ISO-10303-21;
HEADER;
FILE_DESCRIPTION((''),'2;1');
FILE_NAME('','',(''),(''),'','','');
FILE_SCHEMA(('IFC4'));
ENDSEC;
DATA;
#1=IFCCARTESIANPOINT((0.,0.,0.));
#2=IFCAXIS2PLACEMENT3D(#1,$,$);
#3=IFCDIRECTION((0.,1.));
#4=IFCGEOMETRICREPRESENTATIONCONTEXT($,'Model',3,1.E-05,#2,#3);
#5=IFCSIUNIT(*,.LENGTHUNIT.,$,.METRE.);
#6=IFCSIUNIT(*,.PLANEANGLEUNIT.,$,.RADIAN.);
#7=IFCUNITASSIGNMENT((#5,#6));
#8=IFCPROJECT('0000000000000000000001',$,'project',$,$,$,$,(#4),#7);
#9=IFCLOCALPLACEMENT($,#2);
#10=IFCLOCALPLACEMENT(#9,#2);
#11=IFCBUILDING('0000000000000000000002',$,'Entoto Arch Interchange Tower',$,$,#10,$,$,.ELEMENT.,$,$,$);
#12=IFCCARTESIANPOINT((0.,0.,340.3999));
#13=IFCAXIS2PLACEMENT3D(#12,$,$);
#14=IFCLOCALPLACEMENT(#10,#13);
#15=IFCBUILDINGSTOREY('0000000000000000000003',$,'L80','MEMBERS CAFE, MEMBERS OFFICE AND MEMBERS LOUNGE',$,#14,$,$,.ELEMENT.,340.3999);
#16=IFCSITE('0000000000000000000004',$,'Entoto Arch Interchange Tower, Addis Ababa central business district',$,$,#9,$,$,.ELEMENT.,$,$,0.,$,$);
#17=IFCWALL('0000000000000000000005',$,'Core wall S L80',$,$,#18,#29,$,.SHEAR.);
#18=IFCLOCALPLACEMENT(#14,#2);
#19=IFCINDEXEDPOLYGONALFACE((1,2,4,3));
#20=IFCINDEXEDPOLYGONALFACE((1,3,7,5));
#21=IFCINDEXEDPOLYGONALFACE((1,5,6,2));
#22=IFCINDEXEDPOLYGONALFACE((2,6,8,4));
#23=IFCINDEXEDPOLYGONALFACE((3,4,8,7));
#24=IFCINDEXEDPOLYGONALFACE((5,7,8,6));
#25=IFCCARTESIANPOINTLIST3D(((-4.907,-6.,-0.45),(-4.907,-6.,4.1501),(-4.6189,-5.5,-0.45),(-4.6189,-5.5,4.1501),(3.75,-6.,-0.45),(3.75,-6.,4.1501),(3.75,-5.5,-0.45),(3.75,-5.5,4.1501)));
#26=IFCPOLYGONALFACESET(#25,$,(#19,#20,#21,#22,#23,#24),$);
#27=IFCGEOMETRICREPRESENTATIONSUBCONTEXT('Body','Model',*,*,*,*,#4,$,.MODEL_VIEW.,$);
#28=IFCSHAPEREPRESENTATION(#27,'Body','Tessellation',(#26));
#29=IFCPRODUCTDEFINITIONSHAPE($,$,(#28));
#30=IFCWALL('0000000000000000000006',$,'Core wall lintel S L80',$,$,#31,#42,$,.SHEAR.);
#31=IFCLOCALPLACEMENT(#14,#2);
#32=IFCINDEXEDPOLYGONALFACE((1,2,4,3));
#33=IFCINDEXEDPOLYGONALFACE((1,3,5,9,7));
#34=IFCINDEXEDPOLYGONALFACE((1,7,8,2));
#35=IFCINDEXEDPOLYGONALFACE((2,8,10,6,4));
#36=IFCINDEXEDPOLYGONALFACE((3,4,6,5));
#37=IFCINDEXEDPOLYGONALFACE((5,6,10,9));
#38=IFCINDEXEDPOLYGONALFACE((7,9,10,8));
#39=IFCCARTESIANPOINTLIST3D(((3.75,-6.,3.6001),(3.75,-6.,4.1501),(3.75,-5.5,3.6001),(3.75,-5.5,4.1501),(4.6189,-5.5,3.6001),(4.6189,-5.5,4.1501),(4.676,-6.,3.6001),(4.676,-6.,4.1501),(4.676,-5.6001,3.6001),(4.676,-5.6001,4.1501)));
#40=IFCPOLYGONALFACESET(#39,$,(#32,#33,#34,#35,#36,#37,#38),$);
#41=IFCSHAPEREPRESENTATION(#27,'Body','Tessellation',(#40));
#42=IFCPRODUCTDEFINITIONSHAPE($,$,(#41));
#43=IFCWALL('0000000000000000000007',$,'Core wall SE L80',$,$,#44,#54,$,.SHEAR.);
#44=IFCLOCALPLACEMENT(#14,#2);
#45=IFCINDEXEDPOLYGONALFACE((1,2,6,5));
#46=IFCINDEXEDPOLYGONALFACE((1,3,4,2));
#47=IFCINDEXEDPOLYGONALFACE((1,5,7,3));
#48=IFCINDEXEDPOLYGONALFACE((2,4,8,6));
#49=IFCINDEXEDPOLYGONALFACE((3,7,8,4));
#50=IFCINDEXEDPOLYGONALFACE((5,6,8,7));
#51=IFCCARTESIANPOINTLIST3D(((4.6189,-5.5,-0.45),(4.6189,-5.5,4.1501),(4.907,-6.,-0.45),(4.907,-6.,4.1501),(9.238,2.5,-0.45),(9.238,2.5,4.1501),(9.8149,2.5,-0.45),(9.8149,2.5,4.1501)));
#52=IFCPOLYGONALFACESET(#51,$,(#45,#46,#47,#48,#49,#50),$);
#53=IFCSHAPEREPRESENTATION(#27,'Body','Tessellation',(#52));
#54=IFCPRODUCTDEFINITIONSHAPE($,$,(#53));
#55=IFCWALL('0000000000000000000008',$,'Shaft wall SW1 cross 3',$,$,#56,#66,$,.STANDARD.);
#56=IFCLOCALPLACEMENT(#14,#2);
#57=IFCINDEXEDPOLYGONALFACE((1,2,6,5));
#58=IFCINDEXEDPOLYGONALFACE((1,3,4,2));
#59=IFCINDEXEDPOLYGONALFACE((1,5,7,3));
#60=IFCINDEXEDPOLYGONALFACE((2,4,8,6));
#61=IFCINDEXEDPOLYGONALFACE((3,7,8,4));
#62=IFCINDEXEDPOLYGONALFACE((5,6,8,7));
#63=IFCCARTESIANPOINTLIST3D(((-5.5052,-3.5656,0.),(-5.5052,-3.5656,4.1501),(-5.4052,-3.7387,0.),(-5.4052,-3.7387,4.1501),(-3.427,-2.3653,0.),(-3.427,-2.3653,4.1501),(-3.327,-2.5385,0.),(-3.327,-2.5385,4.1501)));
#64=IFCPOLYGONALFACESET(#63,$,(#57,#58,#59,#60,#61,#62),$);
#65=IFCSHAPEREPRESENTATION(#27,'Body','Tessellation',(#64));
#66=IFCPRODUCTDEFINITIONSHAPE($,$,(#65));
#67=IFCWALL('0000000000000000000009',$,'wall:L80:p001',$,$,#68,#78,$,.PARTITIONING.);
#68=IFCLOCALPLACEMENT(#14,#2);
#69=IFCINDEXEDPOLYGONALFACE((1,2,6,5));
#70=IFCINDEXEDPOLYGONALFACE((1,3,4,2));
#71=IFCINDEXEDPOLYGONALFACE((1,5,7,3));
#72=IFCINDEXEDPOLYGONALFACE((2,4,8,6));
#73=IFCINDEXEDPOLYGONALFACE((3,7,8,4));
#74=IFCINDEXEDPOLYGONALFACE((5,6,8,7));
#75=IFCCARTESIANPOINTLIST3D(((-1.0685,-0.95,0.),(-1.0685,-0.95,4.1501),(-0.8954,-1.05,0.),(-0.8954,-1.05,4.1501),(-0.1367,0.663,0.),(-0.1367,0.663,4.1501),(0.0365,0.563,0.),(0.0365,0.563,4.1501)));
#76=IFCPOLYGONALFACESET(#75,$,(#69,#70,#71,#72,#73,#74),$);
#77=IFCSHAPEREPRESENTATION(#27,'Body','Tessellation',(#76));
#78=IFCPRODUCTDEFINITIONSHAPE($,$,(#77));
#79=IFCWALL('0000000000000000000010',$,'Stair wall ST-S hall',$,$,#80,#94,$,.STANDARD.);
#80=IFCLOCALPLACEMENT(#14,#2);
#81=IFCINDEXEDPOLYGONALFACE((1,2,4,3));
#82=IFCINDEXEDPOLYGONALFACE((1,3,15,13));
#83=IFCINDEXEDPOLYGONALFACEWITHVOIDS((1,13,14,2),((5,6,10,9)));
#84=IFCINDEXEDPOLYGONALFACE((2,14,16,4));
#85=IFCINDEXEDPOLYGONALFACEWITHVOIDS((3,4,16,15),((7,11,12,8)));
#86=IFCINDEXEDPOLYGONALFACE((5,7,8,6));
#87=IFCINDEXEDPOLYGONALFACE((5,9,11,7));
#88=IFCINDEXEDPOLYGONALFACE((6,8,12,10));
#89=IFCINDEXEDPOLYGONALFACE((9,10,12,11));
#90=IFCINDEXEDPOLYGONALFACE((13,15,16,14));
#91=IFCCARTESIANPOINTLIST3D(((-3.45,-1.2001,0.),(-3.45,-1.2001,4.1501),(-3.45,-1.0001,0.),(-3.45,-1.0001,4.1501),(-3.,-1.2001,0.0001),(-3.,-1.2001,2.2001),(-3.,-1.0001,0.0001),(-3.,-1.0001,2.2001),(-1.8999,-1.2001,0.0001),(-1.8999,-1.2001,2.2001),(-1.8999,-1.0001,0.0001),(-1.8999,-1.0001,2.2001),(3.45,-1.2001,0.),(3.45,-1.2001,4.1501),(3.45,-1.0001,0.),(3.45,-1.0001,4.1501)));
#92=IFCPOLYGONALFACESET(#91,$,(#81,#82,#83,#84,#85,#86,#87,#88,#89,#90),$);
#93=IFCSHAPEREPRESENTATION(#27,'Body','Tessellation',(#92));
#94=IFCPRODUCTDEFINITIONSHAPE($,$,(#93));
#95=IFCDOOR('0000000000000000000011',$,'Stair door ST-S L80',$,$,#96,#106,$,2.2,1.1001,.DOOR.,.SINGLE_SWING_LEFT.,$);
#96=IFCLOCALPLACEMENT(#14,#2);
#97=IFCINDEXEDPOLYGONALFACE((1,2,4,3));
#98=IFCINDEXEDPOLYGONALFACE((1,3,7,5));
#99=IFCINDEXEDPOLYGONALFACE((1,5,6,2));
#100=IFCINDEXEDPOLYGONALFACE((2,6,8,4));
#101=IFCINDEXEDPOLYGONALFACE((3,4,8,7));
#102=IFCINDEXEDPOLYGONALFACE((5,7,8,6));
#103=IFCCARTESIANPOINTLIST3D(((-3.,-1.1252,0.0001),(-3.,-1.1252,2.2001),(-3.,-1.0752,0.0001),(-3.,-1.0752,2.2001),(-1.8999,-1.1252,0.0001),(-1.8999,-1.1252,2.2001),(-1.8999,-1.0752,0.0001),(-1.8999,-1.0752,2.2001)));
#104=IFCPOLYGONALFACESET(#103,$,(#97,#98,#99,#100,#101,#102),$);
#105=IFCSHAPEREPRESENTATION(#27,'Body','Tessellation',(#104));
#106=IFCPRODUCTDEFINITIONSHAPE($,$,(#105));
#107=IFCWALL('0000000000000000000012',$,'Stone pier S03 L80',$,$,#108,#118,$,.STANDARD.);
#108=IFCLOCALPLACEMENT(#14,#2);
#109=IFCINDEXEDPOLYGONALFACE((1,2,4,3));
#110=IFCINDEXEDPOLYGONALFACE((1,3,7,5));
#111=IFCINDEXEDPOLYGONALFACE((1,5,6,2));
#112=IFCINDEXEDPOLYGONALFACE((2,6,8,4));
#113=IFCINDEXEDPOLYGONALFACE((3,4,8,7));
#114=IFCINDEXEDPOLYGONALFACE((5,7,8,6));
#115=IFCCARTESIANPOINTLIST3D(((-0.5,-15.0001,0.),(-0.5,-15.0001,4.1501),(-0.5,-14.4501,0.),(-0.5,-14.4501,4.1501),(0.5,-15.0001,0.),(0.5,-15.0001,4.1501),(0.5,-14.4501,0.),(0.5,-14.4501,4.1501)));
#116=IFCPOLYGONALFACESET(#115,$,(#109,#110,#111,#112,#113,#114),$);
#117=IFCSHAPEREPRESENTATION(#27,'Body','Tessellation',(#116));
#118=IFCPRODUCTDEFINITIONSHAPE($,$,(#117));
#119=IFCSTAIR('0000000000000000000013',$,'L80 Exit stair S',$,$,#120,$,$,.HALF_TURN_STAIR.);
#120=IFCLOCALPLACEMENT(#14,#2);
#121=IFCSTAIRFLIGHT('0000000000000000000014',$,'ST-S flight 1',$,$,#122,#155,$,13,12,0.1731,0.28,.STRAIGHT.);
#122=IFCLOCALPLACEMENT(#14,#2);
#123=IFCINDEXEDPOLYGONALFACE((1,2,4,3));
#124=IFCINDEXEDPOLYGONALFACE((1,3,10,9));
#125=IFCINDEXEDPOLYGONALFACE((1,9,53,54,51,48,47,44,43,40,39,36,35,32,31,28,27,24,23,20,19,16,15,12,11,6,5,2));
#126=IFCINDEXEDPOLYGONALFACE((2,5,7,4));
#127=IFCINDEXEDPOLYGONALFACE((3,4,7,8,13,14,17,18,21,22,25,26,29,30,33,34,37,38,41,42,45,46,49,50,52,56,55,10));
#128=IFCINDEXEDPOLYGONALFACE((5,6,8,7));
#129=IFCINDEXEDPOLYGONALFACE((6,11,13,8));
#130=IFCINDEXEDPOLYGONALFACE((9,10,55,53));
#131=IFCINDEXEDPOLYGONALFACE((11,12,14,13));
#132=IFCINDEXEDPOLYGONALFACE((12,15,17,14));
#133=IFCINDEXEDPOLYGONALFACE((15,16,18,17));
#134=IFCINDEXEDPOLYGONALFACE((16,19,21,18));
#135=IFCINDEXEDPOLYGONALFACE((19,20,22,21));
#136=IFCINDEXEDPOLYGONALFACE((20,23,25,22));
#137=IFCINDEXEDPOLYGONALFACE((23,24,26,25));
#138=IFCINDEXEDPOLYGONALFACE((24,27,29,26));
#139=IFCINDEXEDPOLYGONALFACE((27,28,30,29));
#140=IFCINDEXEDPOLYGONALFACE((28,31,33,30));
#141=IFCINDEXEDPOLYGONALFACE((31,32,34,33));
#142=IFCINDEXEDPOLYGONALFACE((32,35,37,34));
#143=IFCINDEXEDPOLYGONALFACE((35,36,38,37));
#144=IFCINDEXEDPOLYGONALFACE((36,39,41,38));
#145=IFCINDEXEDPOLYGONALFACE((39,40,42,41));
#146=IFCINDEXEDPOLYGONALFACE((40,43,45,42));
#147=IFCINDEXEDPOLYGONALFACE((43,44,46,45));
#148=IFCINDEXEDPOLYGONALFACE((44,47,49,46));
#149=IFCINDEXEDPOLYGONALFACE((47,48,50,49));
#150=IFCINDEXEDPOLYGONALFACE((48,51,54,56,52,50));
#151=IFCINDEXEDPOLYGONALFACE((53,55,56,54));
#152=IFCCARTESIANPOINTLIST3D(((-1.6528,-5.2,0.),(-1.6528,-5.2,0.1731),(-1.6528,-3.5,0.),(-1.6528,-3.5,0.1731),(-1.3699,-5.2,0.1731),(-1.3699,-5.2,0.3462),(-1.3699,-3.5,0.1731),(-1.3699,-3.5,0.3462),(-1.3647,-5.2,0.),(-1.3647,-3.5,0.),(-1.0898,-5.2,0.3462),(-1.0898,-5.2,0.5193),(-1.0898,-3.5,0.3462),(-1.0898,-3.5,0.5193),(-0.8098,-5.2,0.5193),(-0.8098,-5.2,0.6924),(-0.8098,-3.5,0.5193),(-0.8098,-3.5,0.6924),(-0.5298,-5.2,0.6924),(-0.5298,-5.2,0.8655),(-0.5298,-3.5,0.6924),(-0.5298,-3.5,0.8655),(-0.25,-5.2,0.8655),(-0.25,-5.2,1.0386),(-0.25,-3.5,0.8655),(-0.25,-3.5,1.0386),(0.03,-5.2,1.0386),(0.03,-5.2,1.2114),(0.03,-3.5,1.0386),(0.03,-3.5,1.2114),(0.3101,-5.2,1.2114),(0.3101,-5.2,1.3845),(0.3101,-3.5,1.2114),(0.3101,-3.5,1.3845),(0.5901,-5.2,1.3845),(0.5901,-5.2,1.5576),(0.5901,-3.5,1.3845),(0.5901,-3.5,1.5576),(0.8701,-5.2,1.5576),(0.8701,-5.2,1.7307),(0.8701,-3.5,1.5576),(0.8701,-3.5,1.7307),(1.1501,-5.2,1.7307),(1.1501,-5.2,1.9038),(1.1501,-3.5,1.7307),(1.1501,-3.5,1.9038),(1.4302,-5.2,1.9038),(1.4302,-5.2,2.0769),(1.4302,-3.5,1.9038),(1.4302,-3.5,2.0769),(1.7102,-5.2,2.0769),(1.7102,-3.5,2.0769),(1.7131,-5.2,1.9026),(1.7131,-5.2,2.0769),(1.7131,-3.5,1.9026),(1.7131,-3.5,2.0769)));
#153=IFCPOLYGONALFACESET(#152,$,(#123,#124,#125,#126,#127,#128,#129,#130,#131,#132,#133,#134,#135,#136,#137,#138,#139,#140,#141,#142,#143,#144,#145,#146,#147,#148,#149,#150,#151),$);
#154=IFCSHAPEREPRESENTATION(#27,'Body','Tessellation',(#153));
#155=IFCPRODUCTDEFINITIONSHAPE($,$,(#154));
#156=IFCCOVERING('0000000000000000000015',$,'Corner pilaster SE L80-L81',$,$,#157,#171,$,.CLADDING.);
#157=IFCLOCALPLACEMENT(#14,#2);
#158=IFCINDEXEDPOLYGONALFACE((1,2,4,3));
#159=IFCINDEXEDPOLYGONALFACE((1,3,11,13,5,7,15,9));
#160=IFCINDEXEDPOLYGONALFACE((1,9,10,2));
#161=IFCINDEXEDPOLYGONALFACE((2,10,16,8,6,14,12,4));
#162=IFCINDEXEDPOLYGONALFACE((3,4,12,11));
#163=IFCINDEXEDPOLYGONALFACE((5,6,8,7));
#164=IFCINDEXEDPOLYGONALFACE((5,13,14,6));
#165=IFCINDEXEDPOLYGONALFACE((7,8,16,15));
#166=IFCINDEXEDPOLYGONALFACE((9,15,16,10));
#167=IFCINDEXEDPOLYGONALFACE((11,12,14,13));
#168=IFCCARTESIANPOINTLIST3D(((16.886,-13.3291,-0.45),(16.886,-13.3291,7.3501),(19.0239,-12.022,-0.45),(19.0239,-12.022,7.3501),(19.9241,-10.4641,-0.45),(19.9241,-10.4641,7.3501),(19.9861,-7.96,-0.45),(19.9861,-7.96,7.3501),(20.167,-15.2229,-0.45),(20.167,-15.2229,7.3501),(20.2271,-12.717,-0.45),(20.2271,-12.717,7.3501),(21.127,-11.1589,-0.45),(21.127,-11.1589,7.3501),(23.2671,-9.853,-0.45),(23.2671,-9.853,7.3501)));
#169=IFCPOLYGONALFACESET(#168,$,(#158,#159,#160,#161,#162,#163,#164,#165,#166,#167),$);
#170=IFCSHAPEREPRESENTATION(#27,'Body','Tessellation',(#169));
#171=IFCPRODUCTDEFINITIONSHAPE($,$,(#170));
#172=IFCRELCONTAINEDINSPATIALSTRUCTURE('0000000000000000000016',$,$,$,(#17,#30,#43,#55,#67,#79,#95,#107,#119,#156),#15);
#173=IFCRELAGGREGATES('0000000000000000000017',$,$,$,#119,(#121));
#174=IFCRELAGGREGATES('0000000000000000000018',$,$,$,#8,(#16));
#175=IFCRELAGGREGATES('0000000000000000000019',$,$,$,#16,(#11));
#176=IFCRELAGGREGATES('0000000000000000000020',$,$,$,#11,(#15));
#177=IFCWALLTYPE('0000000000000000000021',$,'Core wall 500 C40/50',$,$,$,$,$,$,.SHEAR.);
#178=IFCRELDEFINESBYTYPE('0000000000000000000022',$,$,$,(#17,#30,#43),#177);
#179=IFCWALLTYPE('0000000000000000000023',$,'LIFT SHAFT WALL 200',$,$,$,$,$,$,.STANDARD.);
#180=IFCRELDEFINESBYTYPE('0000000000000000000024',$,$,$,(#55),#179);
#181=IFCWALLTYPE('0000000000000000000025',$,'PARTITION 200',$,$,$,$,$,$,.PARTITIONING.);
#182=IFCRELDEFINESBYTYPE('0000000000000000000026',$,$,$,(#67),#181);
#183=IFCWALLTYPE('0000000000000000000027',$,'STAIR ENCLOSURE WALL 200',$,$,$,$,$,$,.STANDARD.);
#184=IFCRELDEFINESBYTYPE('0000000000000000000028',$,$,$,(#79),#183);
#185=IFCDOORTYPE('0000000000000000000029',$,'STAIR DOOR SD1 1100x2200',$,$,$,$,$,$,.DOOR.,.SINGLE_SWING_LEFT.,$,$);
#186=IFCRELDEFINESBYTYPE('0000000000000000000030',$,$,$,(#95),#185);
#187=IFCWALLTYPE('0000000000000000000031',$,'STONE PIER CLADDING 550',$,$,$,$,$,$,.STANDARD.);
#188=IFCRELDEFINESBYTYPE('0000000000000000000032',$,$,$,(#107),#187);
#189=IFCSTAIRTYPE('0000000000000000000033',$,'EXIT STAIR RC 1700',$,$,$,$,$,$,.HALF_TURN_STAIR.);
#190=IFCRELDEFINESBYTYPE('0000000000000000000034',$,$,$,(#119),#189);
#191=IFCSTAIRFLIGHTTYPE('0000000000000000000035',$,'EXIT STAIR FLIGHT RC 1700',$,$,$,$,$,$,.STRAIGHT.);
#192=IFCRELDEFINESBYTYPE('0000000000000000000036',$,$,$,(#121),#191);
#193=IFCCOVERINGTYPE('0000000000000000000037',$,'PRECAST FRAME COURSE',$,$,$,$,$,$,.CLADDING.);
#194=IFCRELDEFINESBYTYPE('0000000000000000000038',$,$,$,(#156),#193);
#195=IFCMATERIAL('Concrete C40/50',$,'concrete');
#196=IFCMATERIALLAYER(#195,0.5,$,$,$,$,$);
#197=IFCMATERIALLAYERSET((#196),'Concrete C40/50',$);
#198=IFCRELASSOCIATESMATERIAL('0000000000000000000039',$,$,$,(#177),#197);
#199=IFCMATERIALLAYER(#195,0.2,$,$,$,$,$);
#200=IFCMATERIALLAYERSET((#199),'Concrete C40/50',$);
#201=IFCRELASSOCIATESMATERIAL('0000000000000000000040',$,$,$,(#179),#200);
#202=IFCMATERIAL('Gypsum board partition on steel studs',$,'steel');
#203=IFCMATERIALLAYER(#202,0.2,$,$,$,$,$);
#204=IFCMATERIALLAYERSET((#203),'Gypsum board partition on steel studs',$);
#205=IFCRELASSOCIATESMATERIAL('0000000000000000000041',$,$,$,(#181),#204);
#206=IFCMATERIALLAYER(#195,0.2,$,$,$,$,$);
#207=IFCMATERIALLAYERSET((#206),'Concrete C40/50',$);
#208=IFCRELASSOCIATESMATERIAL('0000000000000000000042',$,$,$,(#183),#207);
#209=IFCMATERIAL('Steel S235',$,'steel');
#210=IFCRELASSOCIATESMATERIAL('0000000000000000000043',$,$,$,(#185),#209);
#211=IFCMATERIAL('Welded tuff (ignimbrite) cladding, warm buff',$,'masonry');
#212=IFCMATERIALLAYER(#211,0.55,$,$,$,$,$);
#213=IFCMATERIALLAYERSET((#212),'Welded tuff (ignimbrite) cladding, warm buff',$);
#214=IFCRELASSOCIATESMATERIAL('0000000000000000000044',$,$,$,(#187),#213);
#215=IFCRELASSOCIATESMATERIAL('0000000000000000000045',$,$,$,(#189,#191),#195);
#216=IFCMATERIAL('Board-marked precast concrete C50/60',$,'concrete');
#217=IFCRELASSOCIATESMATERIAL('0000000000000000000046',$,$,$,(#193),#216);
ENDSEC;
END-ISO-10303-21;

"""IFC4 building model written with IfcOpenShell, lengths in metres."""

from ifc_helpers import new_model, si_unit, direction, frame, frame_2d, origin, place, context, subcontext, project, spatial, polyline, rectangle, outline, extrude, material, layer, layer_set, type_object, element, fill, aggregate, save


model = new_model("IFC4")

# Units and contexts
model_context = context("Model", 3, precision=1e-05, world=origin(), true_north=direction((0.0, 1.0)))
body_context = subcontext(model_context, "Body", "Model", "MODEL_VIEW")
ifc_project = project(units=[si_unit("LENGTHUNIT", "METRE"), si_unit("PLANEANGLEUNIT", "RADIAN")], contexts=[model_context])

# Site, building, storey
site_placement = place(None, origin())
site = spatial("IfcSite", under=ifc_project, at=site_placement, Name="Entoto Arch Interchange Tower, Addis Ababa central business district", CompositionType="ELEMENT", RefElevation=0.0)
building_placement = place(site_placement, origin())
building = spatial("IfcBuilding", under=site, at=building_placement, Name="Entoto Arch Interchange Tower", CompositionType="ELEMENT")
storey_placement = place(building_placement, frame((0.0, 0.0, 340.3999)))
storey = spatial("IfcBuildingStorey", under=building, at=storey_placement, Name="L80", Description="MEMBERS CAFE, MEMBERS OFFICE AND MEMBERS LOUNGE", CompositionType="ELEMENT", Elevation=340.3999)

# Shared definitions
ifc_material_1 = material(Name="Concrete C40/50", Category="concrete")

# Shared definitions
ifc_material_2 = material(Name="Board-marked precast concrete C50/60", Category="concrete")

# Walls
ifc_layer_1 = layer(ifc_material_1, 0.5)
ifc_layer_set_1 = layer_set([ifc_layer_1], Name="Concrete C40/50")
wall_type_1 = type_object("IfcWallType", Name="Core wall 500 C40/50", PredefinedType="SHEAR", material=ifc_layer_set_1)
wall_1_placement = place(storey_placement, frame((0.0, 0.0, -0.45)))
element("IfcWall", 1, at=wall_1_placement, inside=storey, type_object=wall_type_1, Name="Core wall S L80", PredefinedType="SHEAR", context=body_context, shape_type="SweptSolid", body=[
    extrude(outline(polyline([(3.75, -6.0), (3.75, -5.5), (-4.6189, -5.5), (-4.907, -6.0), (3.75, -6.0)])), origin(), (0.0, 0.0, 1.0), 4.6001),
])
wall_2_placement = place(storey_placement, frame((0.0, 0.0, 3.6001)))
element("IfcWall", 2, at=wall_2_placement, inside=storey, type_object=wall_type_1, Name="Core wall lintel S L80", PredefinedType="SHEAR", context=body_context, shape_type="SweptSolid", body=[
    extrude(outline(polyline([(4.676, -6.0), (4.676, -5.6001), (4.6189, -5.5), (3.75, -5.5), (3.75, -6.0), (4.676, -6.0)])), origin(), (0.0, 0.0, 1.0), 0.55),
])
wall_3_placement = place(storey_placement, frame((0.0, 0.0, -0.45)))
element("IfcWall", 3, at=wall_3_placement, inside=storey, type_object=wall_type_1, Name="Core wall SE L80", PredefinedType="SHEAR", context=body_context, shape_type="SweptSolid", body=[
    extrude(outline(polyline([(4.907, -6.0), (9.8149, 2.5), (9.238, 2.5), (4.6189, -5.5), (4.907, -6.0)])), origin(), (0.0, 0.0, 1.0), 4.6001),
])
ifc_layer_2 = layer(ifc_material_1, 0.2)
ifc_layer_set_2 = layer_set([ifc_layer_2], Name="Concrete C40/50")
wall_type_2 = type_object("IfcWallType", Name="LIFT SHAFT WALL 200", PredefinedType="STANDARD", material=ifc_layer_set_2)
wall_4_placement = place(storey_placement, frame((-3.377, -2.4519, 0.0), z_axis=(0.0, 0.0, 1.0), x_axis=(-0.865955, -0.500122, 0.0)))
element("IfcWall", 4, at=wall_4_placement, inside=storey, type_object=wall_type_2, Name="Shaft wall SW1 cross 3", PredefinedType="STANDARD", context=body_context, shape_type="SweptSolid", body=[
    extrude(rectangle(XDim=2.3999, YDim=0.2, at=frame_2d((1.2, 0.0))), origin(), (0.0, 0.0, 1.0), 4.1501),
])
ifc_material_3 = material(Name="Gypsum board partition on steel studs", Category="steel")
ifc_layer_3 = layer(ifc_material_3, 0.2)
ifc_layer_set_3 = layer_set([ifc_layer_3], Name="Gypsum board partition on steel studs")
wall_type_3 = type_object("IfcWallType", Name="PARTITION 200", PredefinedType="PARTITIONING", material=ifc_layer_set_3)
wall_5_placement = place(storey_placement, frame((-0.9819, -1.0, 0.0), z_axis=(0.0, 0.0, 1.0), x_axis=(0.50024, 0.865887, 0.0)))
element("IfcWall", 5, at=wall_5_placement, inside=storey, type_object=wall_type_3, Name="wall:L80:p001", PredefinedType="PARTITIONING", context=body_context, shape_type="SweptSolid", body=[
    extrude(rectangle(XDim=1.8628, YDim=0.2, at=frame_2d((0.9314, 0.0))), origin(), (0.0, 0.0, 1.0), 4.1501),
])

# Wall, opening, door
ifc_layer_4 = layer(ifc_material_1, 0.2)
ifc_layer_set_4 = layer_set([ifc_layer_4], Name="Concrete C40/50")
wall_type_4 = type_object("IfcWallType", Name="STAIR ENCLOSURE WALL 200", PredefinedType="STANDARD", material=ifc_layer_set_4)
wall_6_placement = place(storey_placement, frame((-3.45, -1.1001, 0.0), z_axis=(0.0, 0.0, 1.0), x_axis=(1.0, 0.0, 0.0)))
wall_6 = element("IfcWall", 6, at=wall_6_placement, inside=storey, type_object=wall_type_4, Name="Stair wall ST-S hall", PredefinedType="STANDARD", context=body_context, shape_type="SweptSolid", body=[
    extrude(rectangle(XDim=6.8999, YDim=0.2, at=frame_2d((3.45, 0.0))), origin(), (0.0, 0.0, 1.0), 4.1501),
])
opening_placement = place(wall_6_placement, frame((0.45, 0.0, 0.0)))
opening = element("IfcOpeningElement", 7, at=opening_placement, cuts=wall_6, PredefinedType="OPENING", context=body_context, shape_type="SweptSolid", body=[
    extrude(rectangle(XDim=1.1001, YDim=2.2, at=frame_2d((0.55, 1.1001))), frame((0.0, 0.1099, 0.0), z_axis=(0.0, -1.0, 0.0), x_axis=(1.0, 0.0, 0.0)), (0.0, 0.0, 1.0), 0.22),
])
ifc_material_4 = material(Name="Steel S235", Category="steel")
door_type = type_object("IfcDoorType", Name="STAIR DOOR SD1 1100x2200", OperationType="SINGLE_SWING_LEFT", PredefinedType="DOOR", material=ifc_material_4)
door_placement = place(opening_placement, origin())
door = element("IfcDoor", 8, at=door_placement, inside=storey, type_object=door_type, Name="Stair door ST-S L80", OperationType="SINGLE_SWING_LEFT", OverallHeight=2.2, OverallWidth=1.1001, PredefinedType="DOOR", context=body_context, shape_type="SweptSolid", body=[
    extrude(rectangle(XDim=1.1001, YDim=2.2, at=frame_2d((0.55, 1.1001))), frame((0.0, 0.0249, 0.0), z_axis=(0.0, -1.0, 0.0), x_axis=(1.0, 0.0, 0.0)), (0.0, 0.0, 1.0), 0.05),
])
fill(opening, door)

# Wall
ifc_material_5 = material(Name="Welded tuff (ignimbrite) cladding, warm buff", Category="masonry")
ifc_layer_5 = layer(ifc_material_5, 0.55)
ifc_layer_set_5 = layer_set([ifc_layer_5], Name="Welded tuff (ignimbrite) cladding, warm buff")
wall_type_5 = type_object("IfcWallType", Name="STONE PIER CLADDING 550", PredefinedType="STANDARD", material=ifc_layer_set_5)
wall_7_placement = place(storey_placement, frame((-0.5, -14.7251, 0.0), z_axis=(0.0, 0.0, 1.0), x_axis=(1.0, 0.0, 0.0)))
element("IfcWall", 9, at=wall_7_placement, inside=storey, type_object=wall_type_5, Name="Stone pier S03 L80", PredefinedType="STANDARD", context=body_context, shape_type="SweptSolid", body=[
    extrude(rectangle(XDim=1.0, YDim=0.55, at=frame_2d((0.5, 0.0))), origin(), (0.0, 0.0, 1.0), 4.1501),
])

# Stair, stair flight
stair_type = type_object("IfcStairType", Name="EXIT STAIR RC 1700", PredefinedType="HALF_TURN_STAIR", material=ifc_material_1)
stair_placement = place(storey_placement, origin())
stair = element("IfcStair", 10, at=stair_placement, inside=storey, type_object=stair_type, Name="L80 Exit stair S", PredefinedType="HALF_TURN_STAIR")
stair_flight_type = type_object("IfcStairFlightType", Name="EXIT STAIR FLIGHT RC 1700", PredefinedType="STRAIGHT", material=ifc_material_1)
stair_flight_placement = place(storey_placement, frame((-1.6499, -4.3501, 0.0), z_axis=(0.0, 0.0, 1.0), x_axis=(1.0, 0.0, 0.0)))
stair_flight = element("IfcStairFlight", 11, at=stair_flight_placement, type_object=stair_flight_type, Name="ST-S flight 1", NumberOfRisers=13, NumberOfTreads=12, PredefinedType="STRAIGHT", RiserHeight=0.1731, TreadLength=0.28, context=body_context, shape_type="SweptSolid", body=[
    extrude(outline(polyline([(-0.0029, 0.0), (-0.0029, 0.1731), (0.28, 0.1731), (0.28, 0.3462), (0.5601, 0.3462), (0.5601, 0.5193), (0.8401, 0.5193), (0.8401, 0.6924), (1.1201, 0.6924), (1.1201, 0.8655), (1.3999, 0.8655), (1.3999, 1.0386), (1.6799, 1.0386), (1.6799, 1.2114), (1.96, 1.2114), (1.96, 1.3845), (2.24, 1.3845), (2.24, 1.5576), (2.52, 1.5576), (2.52, 1.7307), (2.8, 1.7307), (2.8, 1.9038), (3.0801, 1.9038), (3.0801, 2.0769), (3.3601, 2.0769), (3.363, 2.0769), (3.363, 1.9026), (0.2852, 0.0), (-0.0029, 0.0)])), frame((0.0, 0.8501, 0.0), z_axis=(0.0, -1.0, 0.0), x_axis=(1.0, 0.0, 0.0)), (0.0, 0.0, 1.0), 1.7),
])
aggregate(stair, [stair_flight])

# Covering
covering_type = type_object("IfcCoveringType", Name="PRECAST FRAME COURSE", PredefinedType="CLADDING", material=ifc_material_2)
covering_1_placement = place(storey_placement, frame((0.0, 0.0, -0.45)))
element("IfcCovering", 12, at=covering_1_placement, inside=storey, type_object=covering_type, Name="Corner pilaster SE L80-L81", PredefinedType="CLADDING", context=body_context, shape_type="SweptSolid", body=[
    extrude(outline(polyline([(23.2671, -9.853), (20.167, -15.2229), (16.886, -13.3291), (19.0239, -12.022), (20.2271, -12.717), (21.127, -11.1589), (19.9241, -10.4641), (19.9861, -7.96), (23.2671, -9.853)])), origin(), (0.0, 0.0, 1.0), 7.8),
])

save(model, "model.ifc")
